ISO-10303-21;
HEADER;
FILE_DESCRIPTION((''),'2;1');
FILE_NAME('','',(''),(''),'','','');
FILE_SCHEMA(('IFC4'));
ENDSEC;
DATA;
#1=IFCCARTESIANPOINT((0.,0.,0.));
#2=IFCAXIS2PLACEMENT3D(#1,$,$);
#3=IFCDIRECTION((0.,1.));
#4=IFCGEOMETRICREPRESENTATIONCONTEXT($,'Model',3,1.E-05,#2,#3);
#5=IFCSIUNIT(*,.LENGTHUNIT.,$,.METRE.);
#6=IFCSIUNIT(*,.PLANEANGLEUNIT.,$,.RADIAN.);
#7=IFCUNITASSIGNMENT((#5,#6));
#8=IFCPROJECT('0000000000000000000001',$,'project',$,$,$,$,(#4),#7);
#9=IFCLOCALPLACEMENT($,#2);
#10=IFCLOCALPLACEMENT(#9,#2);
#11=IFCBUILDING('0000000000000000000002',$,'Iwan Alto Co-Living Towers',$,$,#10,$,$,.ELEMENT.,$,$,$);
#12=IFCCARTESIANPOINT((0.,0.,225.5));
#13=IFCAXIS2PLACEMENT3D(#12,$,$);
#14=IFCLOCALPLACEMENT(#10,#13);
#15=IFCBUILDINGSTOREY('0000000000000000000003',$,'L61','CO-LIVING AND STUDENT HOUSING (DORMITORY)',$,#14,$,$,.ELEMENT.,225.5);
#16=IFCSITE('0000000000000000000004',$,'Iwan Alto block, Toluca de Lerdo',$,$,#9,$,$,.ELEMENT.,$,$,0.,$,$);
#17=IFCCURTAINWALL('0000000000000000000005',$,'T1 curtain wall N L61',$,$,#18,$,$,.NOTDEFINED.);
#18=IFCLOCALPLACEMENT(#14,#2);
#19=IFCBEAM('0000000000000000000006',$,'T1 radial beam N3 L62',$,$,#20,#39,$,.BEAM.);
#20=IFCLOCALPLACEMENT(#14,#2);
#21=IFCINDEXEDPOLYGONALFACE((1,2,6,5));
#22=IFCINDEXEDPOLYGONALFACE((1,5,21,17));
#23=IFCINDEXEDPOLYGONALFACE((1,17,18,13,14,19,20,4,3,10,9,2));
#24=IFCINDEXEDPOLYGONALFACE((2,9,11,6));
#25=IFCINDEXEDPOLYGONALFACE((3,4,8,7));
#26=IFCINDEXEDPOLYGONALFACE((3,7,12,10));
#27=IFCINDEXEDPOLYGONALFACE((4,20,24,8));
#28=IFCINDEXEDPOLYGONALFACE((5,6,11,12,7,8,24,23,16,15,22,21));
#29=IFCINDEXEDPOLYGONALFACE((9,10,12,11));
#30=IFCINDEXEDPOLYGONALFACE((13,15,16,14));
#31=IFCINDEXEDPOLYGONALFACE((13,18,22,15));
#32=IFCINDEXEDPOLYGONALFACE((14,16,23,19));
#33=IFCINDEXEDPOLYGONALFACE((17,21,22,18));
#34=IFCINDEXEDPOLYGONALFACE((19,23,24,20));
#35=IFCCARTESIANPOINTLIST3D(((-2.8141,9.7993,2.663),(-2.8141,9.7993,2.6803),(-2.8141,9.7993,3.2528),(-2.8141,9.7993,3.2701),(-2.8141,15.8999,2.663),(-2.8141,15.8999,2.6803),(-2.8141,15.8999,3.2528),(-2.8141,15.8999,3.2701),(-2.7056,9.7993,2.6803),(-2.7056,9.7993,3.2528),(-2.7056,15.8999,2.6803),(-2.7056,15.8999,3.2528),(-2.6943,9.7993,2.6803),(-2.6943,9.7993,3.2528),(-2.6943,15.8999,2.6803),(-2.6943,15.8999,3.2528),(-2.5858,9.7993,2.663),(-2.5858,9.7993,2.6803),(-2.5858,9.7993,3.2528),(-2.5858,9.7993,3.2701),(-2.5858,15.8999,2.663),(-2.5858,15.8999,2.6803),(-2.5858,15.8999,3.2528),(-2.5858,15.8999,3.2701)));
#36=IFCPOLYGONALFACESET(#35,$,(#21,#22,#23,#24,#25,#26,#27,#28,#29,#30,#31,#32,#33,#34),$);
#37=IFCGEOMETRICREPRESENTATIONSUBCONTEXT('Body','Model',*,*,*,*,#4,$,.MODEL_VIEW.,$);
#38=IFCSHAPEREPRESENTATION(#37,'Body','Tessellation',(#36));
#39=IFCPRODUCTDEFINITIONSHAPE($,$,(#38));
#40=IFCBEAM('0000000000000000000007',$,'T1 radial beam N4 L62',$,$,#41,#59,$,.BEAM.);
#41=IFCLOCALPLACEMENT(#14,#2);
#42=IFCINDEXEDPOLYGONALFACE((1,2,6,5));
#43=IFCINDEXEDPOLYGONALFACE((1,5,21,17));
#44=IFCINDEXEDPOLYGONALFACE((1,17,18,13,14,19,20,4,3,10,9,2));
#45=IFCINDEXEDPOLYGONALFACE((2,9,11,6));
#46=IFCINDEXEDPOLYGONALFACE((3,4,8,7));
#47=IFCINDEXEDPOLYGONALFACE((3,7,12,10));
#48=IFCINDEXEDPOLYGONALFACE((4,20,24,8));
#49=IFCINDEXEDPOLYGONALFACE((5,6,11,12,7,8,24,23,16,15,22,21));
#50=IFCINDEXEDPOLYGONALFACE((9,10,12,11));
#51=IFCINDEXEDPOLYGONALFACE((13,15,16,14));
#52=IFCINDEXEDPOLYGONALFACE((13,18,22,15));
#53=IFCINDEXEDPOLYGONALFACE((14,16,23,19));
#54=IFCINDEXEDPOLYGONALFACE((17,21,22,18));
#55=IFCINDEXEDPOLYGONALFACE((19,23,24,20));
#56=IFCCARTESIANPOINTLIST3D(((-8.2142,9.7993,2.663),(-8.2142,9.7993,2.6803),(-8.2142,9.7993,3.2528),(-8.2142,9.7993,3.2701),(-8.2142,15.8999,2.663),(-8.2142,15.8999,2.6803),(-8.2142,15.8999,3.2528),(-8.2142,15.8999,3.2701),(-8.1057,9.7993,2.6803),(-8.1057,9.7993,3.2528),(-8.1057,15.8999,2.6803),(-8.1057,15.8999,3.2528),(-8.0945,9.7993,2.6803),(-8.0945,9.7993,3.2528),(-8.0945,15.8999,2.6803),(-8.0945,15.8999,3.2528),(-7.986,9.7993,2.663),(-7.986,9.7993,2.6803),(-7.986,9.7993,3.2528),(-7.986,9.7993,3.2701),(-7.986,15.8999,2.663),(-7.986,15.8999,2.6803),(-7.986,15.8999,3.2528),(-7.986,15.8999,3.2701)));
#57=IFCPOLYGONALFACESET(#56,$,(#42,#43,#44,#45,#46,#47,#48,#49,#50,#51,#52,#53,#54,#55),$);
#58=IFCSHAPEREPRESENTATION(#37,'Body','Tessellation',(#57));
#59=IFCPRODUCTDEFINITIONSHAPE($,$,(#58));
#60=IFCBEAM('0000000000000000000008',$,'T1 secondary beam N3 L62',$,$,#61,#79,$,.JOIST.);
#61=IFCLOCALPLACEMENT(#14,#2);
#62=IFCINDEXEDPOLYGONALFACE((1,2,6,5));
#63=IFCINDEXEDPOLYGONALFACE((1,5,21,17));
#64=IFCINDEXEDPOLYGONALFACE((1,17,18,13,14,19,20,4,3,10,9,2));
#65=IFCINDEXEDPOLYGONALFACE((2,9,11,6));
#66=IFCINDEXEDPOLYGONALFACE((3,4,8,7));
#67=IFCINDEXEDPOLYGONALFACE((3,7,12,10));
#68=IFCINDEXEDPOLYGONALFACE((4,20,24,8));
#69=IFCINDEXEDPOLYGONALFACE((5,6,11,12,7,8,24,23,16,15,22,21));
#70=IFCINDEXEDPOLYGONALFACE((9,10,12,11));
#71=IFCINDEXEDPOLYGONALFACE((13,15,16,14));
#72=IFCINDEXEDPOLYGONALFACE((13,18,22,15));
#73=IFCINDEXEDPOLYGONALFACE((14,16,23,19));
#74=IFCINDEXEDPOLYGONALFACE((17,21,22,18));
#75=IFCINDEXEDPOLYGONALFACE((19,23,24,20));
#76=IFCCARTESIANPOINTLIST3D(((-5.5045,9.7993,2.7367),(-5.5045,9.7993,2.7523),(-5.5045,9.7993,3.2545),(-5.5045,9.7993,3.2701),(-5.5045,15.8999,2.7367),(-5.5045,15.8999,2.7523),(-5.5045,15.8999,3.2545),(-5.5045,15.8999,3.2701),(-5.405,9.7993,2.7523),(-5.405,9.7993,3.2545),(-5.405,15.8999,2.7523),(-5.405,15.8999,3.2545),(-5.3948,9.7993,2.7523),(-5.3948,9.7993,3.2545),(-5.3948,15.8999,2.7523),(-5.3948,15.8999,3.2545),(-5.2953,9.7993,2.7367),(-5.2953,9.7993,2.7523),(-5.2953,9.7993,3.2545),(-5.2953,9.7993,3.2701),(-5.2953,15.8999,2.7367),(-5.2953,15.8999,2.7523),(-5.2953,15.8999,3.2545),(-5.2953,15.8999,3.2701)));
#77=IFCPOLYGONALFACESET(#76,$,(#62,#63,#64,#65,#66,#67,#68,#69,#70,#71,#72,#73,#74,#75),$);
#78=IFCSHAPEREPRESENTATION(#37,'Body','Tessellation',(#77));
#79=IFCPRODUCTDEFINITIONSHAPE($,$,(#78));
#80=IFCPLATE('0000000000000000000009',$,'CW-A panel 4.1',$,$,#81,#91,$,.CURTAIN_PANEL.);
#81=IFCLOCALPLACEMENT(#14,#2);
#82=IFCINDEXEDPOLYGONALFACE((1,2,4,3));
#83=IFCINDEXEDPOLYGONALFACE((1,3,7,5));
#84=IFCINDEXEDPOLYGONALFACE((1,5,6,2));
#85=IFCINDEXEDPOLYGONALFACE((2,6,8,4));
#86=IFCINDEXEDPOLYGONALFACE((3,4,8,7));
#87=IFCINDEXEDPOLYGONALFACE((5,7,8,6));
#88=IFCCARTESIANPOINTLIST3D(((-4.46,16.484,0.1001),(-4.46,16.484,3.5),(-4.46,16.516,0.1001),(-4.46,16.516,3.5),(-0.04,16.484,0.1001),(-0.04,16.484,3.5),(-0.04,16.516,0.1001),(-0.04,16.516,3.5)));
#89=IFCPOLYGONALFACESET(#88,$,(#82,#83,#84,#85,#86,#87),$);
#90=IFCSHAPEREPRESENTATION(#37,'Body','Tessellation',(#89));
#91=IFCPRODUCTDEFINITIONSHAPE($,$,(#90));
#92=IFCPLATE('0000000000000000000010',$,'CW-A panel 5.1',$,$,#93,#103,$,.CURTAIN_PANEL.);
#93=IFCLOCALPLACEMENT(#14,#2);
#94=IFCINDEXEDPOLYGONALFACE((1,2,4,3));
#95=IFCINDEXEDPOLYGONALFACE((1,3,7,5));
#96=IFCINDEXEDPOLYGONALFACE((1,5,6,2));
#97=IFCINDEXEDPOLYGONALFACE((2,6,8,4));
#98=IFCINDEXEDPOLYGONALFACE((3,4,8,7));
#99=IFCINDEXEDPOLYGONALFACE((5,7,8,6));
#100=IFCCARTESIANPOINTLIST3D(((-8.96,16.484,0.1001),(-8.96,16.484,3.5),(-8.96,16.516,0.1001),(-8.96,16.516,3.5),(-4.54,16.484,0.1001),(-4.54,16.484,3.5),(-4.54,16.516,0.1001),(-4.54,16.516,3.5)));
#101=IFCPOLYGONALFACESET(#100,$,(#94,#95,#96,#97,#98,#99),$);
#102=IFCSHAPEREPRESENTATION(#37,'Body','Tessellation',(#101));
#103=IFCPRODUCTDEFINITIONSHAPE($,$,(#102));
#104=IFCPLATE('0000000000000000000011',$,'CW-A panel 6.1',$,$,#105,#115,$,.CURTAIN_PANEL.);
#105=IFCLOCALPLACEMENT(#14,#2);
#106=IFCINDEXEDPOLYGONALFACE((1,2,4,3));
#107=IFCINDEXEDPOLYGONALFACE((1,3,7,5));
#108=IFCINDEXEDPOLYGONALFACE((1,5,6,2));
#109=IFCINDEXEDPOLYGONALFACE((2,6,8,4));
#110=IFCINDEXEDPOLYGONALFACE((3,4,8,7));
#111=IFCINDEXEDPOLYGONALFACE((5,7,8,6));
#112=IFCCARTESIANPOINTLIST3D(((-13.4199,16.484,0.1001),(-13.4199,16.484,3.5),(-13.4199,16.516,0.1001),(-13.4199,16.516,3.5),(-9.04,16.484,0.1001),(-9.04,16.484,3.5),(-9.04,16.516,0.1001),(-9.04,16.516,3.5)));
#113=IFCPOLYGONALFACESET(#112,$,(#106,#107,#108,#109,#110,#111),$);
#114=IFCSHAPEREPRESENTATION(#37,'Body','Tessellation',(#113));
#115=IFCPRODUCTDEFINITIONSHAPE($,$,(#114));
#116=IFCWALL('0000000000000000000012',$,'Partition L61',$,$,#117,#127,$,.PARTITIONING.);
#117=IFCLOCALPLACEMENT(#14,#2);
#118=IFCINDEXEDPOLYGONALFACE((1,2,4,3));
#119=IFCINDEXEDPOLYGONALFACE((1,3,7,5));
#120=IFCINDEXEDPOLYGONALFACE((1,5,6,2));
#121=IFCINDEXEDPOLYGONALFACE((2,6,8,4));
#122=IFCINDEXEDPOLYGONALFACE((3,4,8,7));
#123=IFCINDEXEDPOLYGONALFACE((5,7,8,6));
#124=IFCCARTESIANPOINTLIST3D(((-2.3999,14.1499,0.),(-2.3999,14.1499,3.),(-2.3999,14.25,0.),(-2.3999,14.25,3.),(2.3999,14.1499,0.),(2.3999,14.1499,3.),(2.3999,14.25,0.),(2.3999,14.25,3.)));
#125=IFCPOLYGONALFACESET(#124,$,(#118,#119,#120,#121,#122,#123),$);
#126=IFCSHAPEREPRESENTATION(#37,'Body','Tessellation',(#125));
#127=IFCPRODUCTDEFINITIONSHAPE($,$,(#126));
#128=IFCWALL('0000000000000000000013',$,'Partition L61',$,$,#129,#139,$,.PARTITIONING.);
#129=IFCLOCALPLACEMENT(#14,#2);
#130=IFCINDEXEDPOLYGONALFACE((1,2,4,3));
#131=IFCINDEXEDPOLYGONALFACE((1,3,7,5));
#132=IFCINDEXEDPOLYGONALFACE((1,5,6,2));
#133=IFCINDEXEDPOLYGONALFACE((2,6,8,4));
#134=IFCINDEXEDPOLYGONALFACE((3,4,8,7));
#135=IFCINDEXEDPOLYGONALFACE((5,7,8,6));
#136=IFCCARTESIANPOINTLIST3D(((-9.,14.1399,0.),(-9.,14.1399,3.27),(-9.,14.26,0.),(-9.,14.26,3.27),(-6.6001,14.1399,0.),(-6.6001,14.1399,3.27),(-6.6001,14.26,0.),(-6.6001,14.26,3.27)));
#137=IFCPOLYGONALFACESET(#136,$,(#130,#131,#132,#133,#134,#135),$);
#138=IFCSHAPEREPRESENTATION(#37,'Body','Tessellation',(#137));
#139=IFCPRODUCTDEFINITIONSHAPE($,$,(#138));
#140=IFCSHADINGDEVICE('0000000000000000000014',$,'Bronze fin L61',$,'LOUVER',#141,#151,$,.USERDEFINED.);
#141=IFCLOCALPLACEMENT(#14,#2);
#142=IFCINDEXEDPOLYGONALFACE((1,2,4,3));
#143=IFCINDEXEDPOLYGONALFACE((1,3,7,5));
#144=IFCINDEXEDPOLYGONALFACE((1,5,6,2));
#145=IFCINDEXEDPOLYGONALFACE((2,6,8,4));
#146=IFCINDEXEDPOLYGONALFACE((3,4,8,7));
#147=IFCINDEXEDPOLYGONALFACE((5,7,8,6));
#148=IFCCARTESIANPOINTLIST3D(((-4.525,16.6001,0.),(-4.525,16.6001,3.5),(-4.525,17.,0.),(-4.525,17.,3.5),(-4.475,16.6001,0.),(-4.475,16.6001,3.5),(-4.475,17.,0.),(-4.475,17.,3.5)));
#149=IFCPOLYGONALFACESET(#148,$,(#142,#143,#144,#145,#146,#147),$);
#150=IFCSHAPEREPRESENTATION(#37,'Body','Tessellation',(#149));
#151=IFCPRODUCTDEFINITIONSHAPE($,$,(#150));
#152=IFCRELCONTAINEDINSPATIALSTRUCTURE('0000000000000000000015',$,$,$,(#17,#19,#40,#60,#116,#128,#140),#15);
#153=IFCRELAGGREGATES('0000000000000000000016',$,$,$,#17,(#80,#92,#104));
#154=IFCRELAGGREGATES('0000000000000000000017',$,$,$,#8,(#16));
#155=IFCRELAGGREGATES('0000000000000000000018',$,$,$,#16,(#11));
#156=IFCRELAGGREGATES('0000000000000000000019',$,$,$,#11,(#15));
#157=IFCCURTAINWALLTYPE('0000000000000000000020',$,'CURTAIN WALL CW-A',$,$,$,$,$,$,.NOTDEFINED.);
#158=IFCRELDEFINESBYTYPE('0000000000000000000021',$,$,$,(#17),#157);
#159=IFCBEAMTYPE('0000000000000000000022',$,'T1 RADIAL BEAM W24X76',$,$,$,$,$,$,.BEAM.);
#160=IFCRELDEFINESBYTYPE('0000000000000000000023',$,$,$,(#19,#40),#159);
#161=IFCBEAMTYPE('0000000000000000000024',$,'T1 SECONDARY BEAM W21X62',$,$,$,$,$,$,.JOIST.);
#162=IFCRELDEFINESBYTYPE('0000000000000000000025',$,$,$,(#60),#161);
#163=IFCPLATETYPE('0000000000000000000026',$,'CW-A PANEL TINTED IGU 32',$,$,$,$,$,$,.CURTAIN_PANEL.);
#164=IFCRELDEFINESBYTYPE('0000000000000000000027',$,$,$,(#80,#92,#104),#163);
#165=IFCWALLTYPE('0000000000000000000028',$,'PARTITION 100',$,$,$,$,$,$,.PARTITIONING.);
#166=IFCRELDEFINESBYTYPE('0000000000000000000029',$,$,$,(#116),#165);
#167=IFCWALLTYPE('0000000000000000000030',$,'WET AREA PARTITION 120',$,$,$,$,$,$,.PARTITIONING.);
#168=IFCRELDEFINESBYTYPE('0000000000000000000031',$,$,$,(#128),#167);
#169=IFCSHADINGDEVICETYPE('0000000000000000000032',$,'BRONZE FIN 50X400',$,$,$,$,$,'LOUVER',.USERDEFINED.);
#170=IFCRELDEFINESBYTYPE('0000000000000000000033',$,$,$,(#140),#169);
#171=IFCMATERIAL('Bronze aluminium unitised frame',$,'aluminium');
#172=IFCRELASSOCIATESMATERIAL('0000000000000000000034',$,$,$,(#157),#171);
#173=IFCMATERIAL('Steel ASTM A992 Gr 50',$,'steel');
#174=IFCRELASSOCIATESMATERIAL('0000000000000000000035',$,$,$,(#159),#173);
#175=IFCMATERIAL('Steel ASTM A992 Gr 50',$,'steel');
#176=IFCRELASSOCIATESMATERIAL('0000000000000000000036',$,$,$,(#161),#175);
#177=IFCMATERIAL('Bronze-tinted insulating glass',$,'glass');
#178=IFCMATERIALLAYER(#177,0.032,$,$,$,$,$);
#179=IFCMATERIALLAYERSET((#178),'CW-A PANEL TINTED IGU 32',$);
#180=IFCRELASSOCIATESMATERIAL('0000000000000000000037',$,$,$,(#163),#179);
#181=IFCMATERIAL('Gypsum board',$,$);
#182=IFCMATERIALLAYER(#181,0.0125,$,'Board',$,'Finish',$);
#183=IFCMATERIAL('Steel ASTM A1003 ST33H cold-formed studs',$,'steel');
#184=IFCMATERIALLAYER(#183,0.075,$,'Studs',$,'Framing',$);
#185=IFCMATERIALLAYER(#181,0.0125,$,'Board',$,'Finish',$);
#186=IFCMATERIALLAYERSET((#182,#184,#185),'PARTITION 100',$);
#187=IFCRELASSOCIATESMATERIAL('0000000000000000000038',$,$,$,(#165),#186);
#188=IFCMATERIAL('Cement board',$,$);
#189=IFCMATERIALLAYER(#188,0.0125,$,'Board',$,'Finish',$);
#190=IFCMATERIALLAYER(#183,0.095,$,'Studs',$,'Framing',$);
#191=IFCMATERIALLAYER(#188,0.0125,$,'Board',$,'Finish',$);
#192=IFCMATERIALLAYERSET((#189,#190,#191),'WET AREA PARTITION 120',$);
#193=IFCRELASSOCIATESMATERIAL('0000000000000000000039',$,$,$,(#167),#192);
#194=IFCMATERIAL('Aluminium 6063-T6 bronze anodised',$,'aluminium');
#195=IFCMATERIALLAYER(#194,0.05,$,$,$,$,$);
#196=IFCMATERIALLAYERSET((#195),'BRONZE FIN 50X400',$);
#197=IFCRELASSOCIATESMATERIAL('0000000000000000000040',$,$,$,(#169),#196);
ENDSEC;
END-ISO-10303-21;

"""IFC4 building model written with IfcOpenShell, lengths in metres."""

from ifc_helpers import new_model, si_unit, direction, frame, frame_2d, origin, origin_2d, place, context, subcontext, project, spatial, rectangle, i_section, extrude, material, layer, layer_set, material_profile, profile_set, type_object, element, aggregate, save


model = new_model("IFC4")

# Units and contexts
model_context = context("Model", 3, precision=1e-05, world=origin(), true_north=direction((0.0, 1.0)))
body_context = subcontext(model_context, "Body", "Model", "MODEL_VIEW")
ifc_project = project(units=[si_unit("LENGTHUNIT", "METRE"), si_unit("PLANEANGLEUNIT", "RADIAN")], contexts=[model_context])

# Site, building, storey
site_placement = place(None, origin())
site = spatial("IfcSite", under=ifc_project, at=site_placement, Name="Iwan Alto block, Toluca de Lerdo", CompositionType="ELEMENT", RefElevation=0.0)
building_placement = place(site_placement, origin())
building = spatial("IfcBuilding", under=site, at=building_placement, Name="Iwan Alto Co-Living Towers", CompositionType="ELEMENT")
storey_placement = place(building_placement, frame((0.0, 0.0, 225.5)))
storey = spatial("IfcBuildingStorey", under=building, at=storey_placement, Name="L61", Description="CO-LIVING AND STUDENT HOUSING (DORMITORY)", CompositionType="ELEMENT", Elevation=225.5)

# Curtain wall
ifc_material_1 = material(Name="Bronze aluminium unitised frame", Category="aluminium")
curtain_wall_type = type_object("IfcCurtainWallType", Name="CURTAIN WALL CW-A", PredefinedType="NOTDEFINED", material=ifc_material_1)
curtain_wall_placement = place(storey_placement, origin())
curtain_wall = element("IfcCurtainWall", 1, at=curtain_wall_placement, inside=storey, type_object=curtain_wall_type, Name="T1 curtain wall N L61", PredefinedType="NOTDEFINED")

# Beams
ifc_material_2 = material(Name="Steel ASTM A992 Gr 50", Category="steel")
ifc_material_profile_1 = material_profile(ifc_material_2, i_section(OverallWidth=0.2283, OverallDepth=0.6072, WebThickness=0.0112, FlangeThickness=0.0173, at=origin_2d()), Name="W24X76")
ifc_profile_set_1 = profile_set([ifc_material_profile_1], Name="Steel ASTM A992 Gr 50")
beam_type_1 = type_object("IfcBeamType", Name="T1 RADIAL BEAM W24X76", PredefinedType="BEAM", material=ifc_profile_set_1)
for number, where, z_axis, x_axis, name in (
    (2, (-2.7, 15.8999, 2.9666), (0.0, -1.0, 0.0), (1.0, 0.0, 0.0), "T1 radial beam N3 L62"),
    (3, (-8.1001, 15.8999, 2.9666), (0.0, -1.0, 0.0), (1.0, 0.0, 0.0), "T1 radial beam N4 L62"),
):
    element("IfcBeam", number, at=place(storey_placement, frame(where, z_axis=z_axis, x_axis=x_axis)), inside=storey, type_object=beam_type_1, Name=name, PredefinedType="BEAM", context=body_context, shape_type="SweptSolid", body=[
        extrude(i_section(OverallWidth=0.2283, OverallDepth=0.6072, WebThickness=0.0112, FlangeThickness=0.0173, at=origin_2d()), origin(), (0.0, 0.0, 1.0), 6.1006),
    ])
ifc_material_3 = material(Name="Steel ASTM A992 Gr 50", Category="steel")
ifc_material_profile_2 = material_profile(ifc_material_3, i_section(OverallWidth=0.2092, OverallDepth=0.5334, WebThickness=0.0103, FlangeThickness=0.0156, at=origin_2d()), Name="W21X62")
ifc_profile_set_2 = profile_set([ifc_material_profile_2], Name="Steel ASTM A992 Gr 50")
beam_type_2 = type_object("IfcBeamType", Name="T1 SECONDARY BEAM W21X62", PredefinedType="JOIST", material=ifc_profile_set_2)
beam_1_placement = place(storey_placement, frame((-5.3999, 15.8999, 3.0034), z_axis=(0.0, -1.0, 0.0), x_axis=(1.0, 0.0, 0.0)))
element("IfcBeam", 4, at=beam_1_placement, inside=storey, type_object=beam_type_2, Name="T1 secondary beam N3 L62", PredefinedType="JOIST", context=body_context, shape_type="SweptSolid", body=[
    extrude(i_section(OverallWidth=0.2092, OverallDepth=0.5334, WebThickness=0.0103, FlangeThickness=0.0156, at=origin_2d()), origin(), (0.0, 0.0, 1.0), 6.1006),
])

# Plates
ifc_material_4 = material(Name="Bronze-tinted insulating glass", Category="glass")
ifc_layer_1 = layer(ifc_material_4, 0.032)
ifc_layer_set_1 = layer_set([ifc_layer_1], Name="CW-A PANEL TINTED IGU 32")
plate_type = type_object("IfcPlateType", Name="CW-A PANEL TINTED IGU 32", PredefinedType="CURTAIN_PANEL", material=ifc_layer_set_1)
plate_1_placement = place(storey_placement, frame((-2.25, 16.5, 0.1001), z_axis=(0.0, 0.0, 1.0), x_axis=(-1.0, 0.0, 0.0)))
plate_1 = element("IfcPlate", 5, at=plate_1_placement, type_object=plate_type, Name="CW-A panel 4.1", PredefinedType="CURTAIN_PANEL", context=body_context, shape_type="SweptSolid", body=[
    extrude(rectangle(XDim=4.4199, YDim=0.032, at=origin_2d()), origin(), (0.0, 0.0, 1.0), 3.3999),
])
plate_2_placement = place(storey_placement, frame((-6.75, 16.5, 0.1001), z_axis=(0.0, 0.0, 1.0), x_axis=(-1.0, 0.0, 0.0)))
plate_2 = element("IfcPlate", 6, at=plate_2_placement, type_object=plate_type, Name="CW-A panel 5.1", PredefinedType="CURTAIN_PANEL", context=body_context, shape_type="SweptSolid", body=[
    extrude(rectangle(XDim=4.4199, YDim=0.032, at=origin_2d()), origin(), (0.0, 0.0, 1.0), 3.3999),
])
plate_3_placement = place(storey_placement, frame((-11.23, 16.5, 0.1001), z_axis=(0.0, 0.0, 1.0), x_axis=(-1.0, 0.0, 0.0)))
plate_3 = element("IfcPlate", 7, at=plate_3_placement, type_object=plate_type, Name="CW-A panel 6.1", PredefinedType="CURTAIN_PANEL", context=body_context, shape_type="SweptSolid", body=[
    extrude(rectangle(XDim=4.3799, YDim=0.032, at=origin_2d()), origin(), (0.0, 0.0, 1.0), 3.3999),
])
aggregate(curtain_wall, [plate_1, plate_2, plate_3])

# Walls
ifc_material_5 = material(Name="Gypsum board")
ifc_layer_2 = layer(ifc_material_5, 0.0125, Name="Board", Category="Finish")
ifc_material_6 = material(Name="Steel ASTM A1003 ST33H cold-formed studs", Category="steel")
ifc_layer_3 = layer(ifc_material_6, 0.075, Name="Studs", Category="Framing")
ifc_layer_4 = layer(ifc_material_5, 0.0125, Name="Board", Category="Finish")
ifc_layer_set_2 = layer_set([ifc_layer_2, ifc_layer_3, ifc_layer_4], Name="PARTITION 100")
wall_type_1 = type_object("IfcWallType", Name="PARTITION 100", PredefinedType="PARTITIONING", material=ifc_layer_set_2)
wall_1_placement = place(storey_placement, frame((-2.3999, 14.2, 0.0), z_axis=(0.0, 0.0, 1.0), x_axis=(1.0, 0.0, 0.0)))
element("IfcWall", 8, at=wall_1_placement, inside=storey, type_object=wall_type_1, Name="Partition L61", PredefinedType="PARTITIONING", context=body_context, shape_type="SweptSolid", body=[
    extrude(rectangle(XDim=4.7998, YDim=0.1001, at=frame_2d((2.3999, 0.0))), origin(), (0.0, 0.0, 1.0), 3.0),
])
ifc_material_7 = material(Name="Cement board")
ifc_layer_5 = layer(ifc_material_7, 0.0125, Name="Board", Category="Finish")
ifc_layer_6 = layer(ifc_material_6, 0.095, Name="Studs", Category="Framing")
ifc_layer_7 = layer(ifc_material_7, 0.0125, Name="Board", Category="Finish")
ifc_layer_set_3 = layer_set([ifc_layer_5, ifc_layer_6, ifc_layer_7], Name="WET AREA PARTITION 120")
wall_type_2 = type_object("IfcWallType", Name="WET AREA PARTITION 120", PredefinedType="PARTITIONING", material=ifc_layer_set_3)
wall_2_placement = place(storey_placement, frame((-9.0, 14.2, 0.0), z_axis=(0.0, 0.0, 1.0), x_axis=(1.0, 0.0, 0.0)))
element("IfcWall", 9, at=wall_2_placement, inside=storey, type_object=wall_type_2, Name="Partition L61", PredefinedType="PARTITIONING", context=body_context, shape_type="SweptSolid", body=[
    extrude(rectangle(XDim=2.3999, YDim=0.1201, at=frame_2d((1.2, 0.0))), origin(), (0.0, 0.0, 1.0), 3.27),
])

# Shading device
ifc_material_8 = material(Name="Aluminium 6063-T6 bronze anodised", Category="aluminium")
ifc_layer_8 = layer(ifc_material_8, 0.05)
ifc_layer_set_4 = layer_set([ifc_layer_8], Name="BRONZE FIN 50X400")
shading_device_type = type_object("IfcShadingDeviceType", Name="BRONZE FIN 50X400", ElementType="LOUVER", PredefinedType="USERDEFINED", material=ifc_layer_set_4)
shading_device_placement = place(storey_placement, frame((-4.5, 16.8, 0.0), z_axis=(0.0, 0.0, 1.0), x_axis=(-1.0, 0.0, 0.0)))
element("IfcShadingDevice", 10, at=shading_device_placement, inside=storey, type_object=shading_device_type, Name="Bronze fin L61", ObjectType="LOUVER", PredefinedType="USERDEFINED", context=body_context, shape_type="SweptSolid", body=[
    extrude(rectangle(XDim=0.05, YDim=0.3999, at=origin_2d()), origin(), (0.0, 0.0, 1.0), 3.5),
])

save(model, "model.ifc")
